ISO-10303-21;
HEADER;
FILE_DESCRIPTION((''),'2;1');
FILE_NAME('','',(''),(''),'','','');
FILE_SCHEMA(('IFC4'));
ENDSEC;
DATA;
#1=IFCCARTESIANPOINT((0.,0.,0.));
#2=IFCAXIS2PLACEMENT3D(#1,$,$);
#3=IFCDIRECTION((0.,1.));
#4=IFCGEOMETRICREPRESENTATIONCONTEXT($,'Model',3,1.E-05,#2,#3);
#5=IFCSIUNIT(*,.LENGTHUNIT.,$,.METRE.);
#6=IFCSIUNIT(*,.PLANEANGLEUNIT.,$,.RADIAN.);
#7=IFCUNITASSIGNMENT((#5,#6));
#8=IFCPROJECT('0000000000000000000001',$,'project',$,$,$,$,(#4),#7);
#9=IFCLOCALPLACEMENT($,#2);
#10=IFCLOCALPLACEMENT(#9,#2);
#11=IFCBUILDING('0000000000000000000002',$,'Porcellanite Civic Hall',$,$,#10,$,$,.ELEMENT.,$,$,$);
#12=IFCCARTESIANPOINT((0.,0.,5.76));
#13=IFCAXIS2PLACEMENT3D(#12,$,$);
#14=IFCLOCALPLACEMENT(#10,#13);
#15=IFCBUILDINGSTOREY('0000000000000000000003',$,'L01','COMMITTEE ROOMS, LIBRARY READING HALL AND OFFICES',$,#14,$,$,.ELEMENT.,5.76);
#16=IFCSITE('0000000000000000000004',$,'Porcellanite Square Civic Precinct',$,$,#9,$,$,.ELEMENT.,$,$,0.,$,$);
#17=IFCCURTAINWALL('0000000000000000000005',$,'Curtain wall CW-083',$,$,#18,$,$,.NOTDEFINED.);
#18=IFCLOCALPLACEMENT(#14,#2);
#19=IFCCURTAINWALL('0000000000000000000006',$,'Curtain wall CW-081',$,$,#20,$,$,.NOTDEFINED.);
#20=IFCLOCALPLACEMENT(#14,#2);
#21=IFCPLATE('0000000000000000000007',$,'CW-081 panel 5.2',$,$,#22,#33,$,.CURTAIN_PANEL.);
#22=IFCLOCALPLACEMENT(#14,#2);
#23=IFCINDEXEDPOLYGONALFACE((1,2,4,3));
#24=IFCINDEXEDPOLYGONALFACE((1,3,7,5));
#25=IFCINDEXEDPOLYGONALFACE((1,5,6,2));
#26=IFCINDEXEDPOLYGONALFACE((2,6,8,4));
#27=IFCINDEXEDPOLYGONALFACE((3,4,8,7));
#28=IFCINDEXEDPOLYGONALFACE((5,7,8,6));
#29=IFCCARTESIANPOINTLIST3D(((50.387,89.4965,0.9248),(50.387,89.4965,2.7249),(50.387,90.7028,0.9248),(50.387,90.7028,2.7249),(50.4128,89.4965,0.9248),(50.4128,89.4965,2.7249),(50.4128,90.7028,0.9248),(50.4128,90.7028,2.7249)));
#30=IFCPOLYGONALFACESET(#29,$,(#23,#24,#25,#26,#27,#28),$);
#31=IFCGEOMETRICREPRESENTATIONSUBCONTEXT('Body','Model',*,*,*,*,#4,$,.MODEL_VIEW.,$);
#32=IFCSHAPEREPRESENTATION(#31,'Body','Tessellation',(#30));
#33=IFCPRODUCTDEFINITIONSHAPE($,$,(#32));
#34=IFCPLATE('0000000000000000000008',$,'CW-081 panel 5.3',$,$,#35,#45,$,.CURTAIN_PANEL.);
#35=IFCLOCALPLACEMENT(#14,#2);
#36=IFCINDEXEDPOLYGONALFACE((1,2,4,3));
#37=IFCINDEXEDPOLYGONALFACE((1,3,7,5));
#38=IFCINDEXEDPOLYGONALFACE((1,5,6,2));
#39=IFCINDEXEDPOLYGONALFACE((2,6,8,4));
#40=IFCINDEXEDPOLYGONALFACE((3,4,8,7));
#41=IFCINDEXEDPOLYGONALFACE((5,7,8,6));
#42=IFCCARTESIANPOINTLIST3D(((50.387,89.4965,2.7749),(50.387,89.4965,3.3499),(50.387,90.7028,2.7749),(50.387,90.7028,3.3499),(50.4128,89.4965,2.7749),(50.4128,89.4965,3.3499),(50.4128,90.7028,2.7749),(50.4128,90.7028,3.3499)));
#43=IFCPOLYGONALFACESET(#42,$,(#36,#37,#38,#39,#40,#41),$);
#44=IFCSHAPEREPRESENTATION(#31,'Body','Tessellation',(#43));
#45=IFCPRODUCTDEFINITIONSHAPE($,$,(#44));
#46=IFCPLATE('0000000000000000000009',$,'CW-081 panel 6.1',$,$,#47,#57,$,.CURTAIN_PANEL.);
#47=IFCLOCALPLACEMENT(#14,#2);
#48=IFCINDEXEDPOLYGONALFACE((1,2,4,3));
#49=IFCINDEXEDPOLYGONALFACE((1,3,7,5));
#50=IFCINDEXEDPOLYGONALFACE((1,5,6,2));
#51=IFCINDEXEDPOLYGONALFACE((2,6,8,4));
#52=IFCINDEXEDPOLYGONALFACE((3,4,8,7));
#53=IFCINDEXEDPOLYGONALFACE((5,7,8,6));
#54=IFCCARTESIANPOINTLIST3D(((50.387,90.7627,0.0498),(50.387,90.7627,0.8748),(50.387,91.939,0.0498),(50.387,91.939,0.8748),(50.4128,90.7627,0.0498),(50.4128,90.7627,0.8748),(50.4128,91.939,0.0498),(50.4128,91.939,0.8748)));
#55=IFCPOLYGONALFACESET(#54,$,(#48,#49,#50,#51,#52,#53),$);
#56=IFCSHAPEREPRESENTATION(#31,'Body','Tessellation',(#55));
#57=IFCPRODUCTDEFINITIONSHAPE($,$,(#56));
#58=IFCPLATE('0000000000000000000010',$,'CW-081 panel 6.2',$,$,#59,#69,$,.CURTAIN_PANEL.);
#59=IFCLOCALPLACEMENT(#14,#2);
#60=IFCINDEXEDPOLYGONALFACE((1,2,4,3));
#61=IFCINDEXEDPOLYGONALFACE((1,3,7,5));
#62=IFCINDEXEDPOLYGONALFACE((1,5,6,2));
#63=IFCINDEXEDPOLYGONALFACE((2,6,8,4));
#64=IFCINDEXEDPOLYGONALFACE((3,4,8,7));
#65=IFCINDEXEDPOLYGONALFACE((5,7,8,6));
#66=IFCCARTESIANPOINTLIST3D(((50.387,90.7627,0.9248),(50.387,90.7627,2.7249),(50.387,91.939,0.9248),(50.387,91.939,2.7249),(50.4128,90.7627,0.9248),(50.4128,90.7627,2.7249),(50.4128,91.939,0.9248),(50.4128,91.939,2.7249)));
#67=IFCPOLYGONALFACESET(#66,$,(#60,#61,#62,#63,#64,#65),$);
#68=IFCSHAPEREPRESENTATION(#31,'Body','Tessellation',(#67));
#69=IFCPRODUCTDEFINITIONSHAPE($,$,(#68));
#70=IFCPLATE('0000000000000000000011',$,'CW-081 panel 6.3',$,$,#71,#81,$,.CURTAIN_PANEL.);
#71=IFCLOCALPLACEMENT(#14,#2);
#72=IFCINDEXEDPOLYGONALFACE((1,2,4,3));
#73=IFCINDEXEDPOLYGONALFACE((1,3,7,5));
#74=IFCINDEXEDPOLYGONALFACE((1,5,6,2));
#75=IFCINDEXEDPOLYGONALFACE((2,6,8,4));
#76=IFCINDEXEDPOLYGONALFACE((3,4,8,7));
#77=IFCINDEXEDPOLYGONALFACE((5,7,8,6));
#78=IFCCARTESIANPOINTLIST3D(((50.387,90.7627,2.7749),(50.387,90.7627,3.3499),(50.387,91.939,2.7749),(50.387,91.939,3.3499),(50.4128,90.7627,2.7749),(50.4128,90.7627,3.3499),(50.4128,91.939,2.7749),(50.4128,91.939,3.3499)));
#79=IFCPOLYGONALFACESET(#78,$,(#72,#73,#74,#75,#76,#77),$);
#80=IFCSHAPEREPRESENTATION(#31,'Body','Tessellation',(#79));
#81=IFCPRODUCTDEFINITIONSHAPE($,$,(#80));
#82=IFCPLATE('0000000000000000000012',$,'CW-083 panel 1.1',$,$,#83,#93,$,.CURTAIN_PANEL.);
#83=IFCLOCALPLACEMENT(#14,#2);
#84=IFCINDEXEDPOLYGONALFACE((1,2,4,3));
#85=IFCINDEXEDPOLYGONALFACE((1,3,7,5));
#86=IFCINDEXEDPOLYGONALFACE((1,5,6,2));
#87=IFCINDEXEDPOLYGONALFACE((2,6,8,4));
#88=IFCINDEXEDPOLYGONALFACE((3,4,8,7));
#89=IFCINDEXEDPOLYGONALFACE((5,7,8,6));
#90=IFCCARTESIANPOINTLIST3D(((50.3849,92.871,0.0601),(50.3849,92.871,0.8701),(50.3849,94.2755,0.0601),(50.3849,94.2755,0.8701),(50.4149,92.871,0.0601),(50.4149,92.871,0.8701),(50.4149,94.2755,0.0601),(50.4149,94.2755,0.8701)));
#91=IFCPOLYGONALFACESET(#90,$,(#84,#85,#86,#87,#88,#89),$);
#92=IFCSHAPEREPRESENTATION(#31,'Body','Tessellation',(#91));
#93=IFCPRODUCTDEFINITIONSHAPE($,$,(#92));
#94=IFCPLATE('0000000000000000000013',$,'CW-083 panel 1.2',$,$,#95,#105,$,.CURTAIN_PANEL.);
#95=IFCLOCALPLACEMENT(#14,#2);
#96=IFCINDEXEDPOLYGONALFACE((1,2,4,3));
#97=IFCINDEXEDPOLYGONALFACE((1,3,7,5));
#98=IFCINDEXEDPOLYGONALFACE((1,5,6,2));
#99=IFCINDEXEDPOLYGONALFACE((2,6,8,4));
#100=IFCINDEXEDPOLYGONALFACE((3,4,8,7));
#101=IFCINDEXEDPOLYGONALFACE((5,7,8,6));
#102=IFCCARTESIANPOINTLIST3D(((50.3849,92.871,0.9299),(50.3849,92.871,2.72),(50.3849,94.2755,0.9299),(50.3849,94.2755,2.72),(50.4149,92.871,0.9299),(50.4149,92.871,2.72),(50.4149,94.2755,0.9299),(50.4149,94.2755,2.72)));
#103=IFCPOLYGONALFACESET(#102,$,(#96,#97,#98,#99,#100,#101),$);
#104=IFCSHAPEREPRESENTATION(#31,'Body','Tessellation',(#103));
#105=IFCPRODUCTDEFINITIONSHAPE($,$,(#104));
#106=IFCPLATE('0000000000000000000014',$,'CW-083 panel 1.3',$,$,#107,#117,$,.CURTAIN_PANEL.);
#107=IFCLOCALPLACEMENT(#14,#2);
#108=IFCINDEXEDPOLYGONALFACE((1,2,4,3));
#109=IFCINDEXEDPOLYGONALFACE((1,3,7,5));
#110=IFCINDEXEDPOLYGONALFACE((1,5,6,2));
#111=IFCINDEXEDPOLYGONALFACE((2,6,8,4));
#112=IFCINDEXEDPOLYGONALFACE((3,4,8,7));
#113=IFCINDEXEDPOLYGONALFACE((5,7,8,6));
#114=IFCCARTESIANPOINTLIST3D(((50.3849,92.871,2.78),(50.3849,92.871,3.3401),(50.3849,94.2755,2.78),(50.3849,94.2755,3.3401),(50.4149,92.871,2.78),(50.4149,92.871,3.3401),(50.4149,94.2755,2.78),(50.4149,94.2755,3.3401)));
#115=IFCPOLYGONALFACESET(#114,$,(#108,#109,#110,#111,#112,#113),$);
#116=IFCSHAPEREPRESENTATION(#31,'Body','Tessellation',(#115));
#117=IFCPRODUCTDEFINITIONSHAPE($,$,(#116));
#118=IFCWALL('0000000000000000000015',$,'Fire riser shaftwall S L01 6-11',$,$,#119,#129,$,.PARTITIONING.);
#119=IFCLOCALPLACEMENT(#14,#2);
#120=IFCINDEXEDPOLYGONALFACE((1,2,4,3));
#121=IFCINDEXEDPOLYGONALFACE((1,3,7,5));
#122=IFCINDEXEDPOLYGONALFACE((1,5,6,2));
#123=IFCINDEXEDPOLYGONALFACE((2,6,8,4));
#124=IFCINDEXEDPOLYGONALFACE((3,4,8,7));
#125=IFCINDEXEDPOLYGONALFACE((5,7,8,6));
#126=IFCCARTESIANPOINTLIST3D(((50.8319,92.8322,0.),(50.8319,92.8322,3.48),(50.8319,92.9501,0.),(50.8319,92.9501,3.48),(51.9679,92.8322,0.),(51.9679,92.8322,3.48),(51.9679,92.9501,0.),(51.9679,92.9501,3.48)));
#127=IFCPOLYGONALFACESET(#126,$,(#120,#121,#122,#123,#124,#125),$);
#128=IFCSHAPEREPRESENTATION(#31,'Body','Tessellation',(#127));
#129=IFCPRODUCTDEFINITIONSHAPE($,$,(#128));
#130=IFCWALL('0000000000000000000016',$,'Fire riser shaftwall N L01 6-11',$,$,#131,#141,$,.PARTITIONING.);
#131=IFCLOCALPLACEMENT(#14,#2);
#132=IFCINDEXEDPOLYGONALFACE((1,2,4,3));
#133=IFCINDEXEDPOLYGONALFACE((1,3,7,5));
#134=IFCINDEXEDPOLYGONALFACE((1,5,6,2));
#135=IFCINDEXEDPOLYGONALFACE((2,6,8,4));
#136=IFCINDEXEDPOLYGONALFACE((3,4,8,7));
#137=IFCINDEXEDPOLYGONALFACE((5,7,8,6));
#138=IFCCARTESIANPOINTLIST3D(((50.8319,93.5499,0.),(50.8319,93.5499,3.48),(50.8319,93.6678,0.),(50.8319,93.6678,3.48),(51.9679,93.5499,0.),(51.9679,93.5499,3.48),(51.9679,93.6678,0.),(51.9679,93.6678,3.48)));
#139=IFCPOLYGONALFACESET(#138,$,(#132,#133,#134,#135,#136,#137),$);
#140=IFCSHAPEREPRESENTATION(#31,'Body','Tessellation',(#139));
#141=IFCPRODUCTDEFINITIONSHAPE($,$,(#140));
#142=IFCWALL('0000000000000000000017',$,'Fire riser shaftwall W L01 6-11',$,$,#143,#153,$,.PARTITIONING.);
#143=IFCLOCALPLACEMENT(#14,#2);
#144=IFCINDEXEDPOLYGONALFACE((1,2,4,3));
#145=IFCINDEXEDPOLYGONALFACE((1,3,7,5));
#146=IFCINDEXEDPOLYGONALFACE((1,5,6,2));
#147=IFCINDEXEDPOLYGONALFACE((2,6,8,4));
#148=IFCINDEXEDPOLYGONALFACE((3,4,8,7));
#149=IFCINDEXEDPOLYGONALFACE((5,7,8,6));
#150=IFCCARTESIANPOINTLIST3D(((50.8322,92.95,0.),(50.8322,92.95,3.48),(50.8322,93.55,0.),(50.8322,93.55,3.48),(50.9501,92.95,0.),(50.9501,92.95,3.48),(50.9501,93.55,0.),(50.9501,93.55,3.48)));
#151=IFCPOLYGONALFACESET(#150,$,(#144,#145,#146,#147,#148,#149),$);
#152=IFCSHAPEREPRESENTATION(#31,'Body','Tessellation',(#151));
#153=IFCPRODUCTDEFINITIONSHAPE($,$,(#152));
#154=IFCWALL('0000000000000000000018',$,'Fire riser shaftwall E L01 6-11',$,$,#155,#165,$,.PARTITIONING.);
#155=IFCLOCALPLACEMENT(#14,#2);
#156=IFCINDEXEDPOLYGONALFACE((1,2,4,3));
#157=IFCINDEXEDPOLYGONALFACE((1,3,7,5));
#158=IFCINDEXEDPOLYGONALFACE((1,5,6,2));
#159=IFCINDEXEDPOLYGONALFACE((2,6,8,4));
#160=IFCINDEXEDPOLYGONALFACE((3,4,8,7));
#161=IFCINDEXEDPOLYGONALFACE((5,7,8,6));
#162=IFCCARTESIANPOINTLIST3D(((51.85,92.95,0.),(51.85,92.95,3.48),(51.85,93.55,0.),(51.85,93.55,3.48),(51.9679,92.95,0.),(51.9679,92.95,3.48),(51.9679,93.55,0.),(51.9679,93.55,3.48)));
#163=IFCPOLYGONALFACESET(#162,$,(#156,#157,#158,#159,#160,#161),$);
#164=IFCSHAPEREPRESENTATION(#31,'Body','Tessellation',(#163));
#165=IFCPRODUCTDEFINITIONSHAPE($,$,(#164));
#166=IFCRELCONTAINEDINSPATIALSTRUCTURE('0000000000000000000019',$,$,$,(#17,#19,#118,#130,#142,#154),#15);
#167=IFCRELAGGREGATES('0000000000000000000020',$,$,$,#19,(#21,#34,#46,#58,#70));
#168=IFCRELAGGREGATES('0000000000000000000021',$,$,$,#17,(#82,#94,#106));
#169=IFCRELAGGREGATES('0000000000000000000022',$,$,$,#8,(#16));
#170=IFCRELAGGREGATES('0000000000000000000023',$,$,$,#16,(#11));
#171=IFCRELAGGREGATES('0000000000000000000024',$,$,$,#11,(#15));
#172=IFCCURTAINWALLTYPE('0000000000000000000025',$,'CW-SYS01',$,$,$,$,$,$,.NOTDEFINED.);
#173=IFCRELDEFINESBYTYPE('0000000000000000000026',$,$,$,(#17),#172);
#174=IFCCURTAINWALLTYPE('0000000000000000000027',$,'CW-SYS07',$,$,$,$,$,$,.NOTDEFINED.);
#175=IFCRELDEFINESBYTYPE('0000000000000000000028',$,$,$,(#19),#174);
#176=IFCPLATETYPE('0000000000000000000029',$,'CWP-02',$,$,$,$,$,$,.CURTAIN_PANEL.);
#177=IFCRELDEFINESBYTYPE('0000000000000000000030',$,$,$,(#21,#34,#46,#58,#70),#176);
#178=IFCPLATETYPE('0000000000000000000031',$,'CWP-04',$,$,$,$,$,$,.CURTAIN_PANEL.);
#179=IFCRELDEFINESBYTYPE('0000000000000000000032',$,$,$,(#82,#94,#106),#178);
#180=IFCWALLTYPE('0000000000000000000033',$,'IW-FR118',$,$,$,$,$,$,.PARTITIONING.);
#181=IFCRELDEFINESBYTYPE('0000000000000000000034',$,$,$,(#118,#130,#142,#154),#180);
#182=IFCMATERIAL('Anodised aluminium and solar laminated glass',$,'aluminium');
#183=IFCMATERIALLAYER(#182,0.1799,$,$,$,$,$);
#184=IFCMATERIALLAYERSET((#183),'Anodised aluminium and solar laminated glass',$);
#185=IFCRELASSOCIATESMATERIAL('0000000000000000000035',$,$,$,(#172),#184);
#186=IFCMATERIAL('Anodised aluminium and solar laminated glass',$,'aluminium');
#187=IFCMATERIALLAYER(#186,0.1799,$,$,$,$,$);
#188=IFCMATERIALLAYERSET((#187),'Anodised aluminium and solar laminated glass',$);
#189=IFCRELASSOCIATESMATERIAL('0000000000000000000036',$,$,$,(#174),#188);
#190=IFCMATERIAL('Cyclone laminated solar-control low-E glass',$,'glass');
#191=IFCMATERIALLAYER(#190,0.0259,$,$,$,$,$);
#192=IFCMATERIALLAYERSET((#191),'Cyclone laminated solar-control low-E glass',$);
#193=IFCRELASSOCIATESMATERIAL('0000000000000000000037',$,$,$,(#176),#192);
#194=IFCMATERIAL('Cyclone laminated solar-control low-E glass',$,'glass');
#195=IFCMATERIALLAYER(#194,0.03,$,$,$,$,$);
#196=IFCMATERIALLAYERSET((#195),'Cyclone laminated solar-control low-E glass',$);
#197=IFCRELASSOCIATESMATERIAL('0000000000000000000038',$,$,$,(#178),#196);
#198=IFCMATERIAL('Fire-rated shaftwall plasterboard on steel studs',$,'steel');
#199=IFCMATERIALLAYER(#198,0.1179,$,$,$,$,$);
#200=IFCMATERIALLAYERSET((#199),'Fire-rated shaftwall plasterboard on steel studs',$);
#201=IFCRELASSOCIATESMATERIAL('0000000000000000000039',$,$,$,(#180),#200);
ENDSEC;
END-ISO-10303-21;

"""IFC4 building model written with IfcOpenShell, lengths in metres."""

from ifc_helpers import new_model, si_unit, direction, frame, frame_2d, origin, origin_2d, place, context, subcontext, project, spatial, rectangle, extrude, material, layer, layer_set, type_object, element, aggregate, save


model = new_model("IFC4")

# Units and contexts
model_context = context("Model", 3, precision=1e-05, world=origin(), true_north=direction((0.0, 1.0)))
body_context = subcontext(model_context, "Body", "Model", "MODEL_VIEW")
ifc_project = project(units=[si_unit("LENGTHUNIT", "METRE"), si_unit("PLANEANGLEUNIT", "RADIAN")], contexts=[model_context])

# Site, building, storey
site_placement = place(None, origin())
site = spatial("IfcSite", under=ifc_project, at=site_placement, Name="Porcellanite Square Civic Precinct", CompositionType="ELEMENT", RefElevation=0.0)
building_placement = place(site_placement, origin())
building = spatial("IfcBuilding", under=site, at=building_placement, Name="Porcellanite Civic Hall", CompositionType="ELEMENT")
storey_placement = place(building_placement, frame((0.0, 0.0, 5.76)))
storey = spatial("IfcBuildingStorey", under=building, at=storey_placement, Name="L01", Description="COMMITTEE ROOMS, LIBRARY READING HALL AND OFFICES", CompositionType="ELEMENT", Elevation=5.76)

# Curtain walls
ifc_material_1 = material(Name="Anodised aluminium and solar laminated glass", Category="aluminium")
ifc_layer_1 = layer(ifc_material_1, 0.1799)
ifc_layer_set_1 = layer_set([ifc_layer_1], Name="Anodised aluminium and solar laminated glass")
curtain_wall_type_1 = type_object("IfcCurtainWallType", Name="CW-SYS01", PredefinedType="NOTDEFINED", material=ifc_layer_set_1)
curtain_wall_1_placement = place(storey_placement, origin())
curtain_wall_1 = element("IfcCurtainWall", 1, at=curtain_wall_1_placement, inside=storey, type_object=curtain_wall_type_1, Name="Curtain wall CW-083", PredefinedType="NOTDEFINED")
ifc_material_2 = material(Name="Anodised aluminium and solar laminated glass", Category="aluminium")
ifc_layer_2 = layer(ifc_material_2, 0.1799)
ifc_layer_set_2 = layer_set([ifc_layer_2], Name="Anodised aluminium and solar laminated glass")
curtain_wall_type_2 = type_object("IfcCurtainWallType", Name="CW-SYS07", PredefinedType="NOTDEFINED", material=ifc_layer_set_2)
curtain_wall_2_placement = place(storey_placement, origin())
curtain_wall_2 = element("IfcCurtainWall", 2, at=curtain_wall_2_placement, inside=storey, type_object=curtain_wall_type_2, Name="Curtain wall CW-081", PredefinedType="NOTDEFINED")

# Plates
ifc_material_3 = material(Name="Cyclone laminated solar-control low-E glass", Category="glass")
ifc_layer_3 = layer(ifc_material_3, 0.0259)
ifc_layer_set_3 = layer_set([ifc_layer_3], Name="Cyclone laminated solar-control low-E glass")
plate_type_1 = type_object("IfcPlateType", Name="CWP-02", PredefinedType="CURTAIN_PANEL", material=ifc_layer_set_3)
plate_1_placement = place(storey_placement, frame((50.3999, 90.0996, 0.9248), z_axis=(0.0, 0.0, 1.0), x_axis=(0.0, 1.0, 0.0)))
plate_1 = element("IfcPlate", 3, at=plate_1_placement, type_object=plate_type_1, Name="CW-081 panel 5.2", PredefinedType="CURTAIN_PANEL", context=body_context, shape_type="SweptSolid", body=[
    extrude(rectangle(XDim=1.2063, YDim=0.0259, at=origin_2d()), origin(), (0.0, 0.0, 1.0), 1.8),
])
plate_2_placement = place(storey_placement, frame((50.3999, 90.0996, 2.7749), z_axis=(0.0, 0.0, 1.0), x_axis=(0.0, 1.0, 0.0)))
plate_2 = element("IfcPlate", 4, at=plate_2_placement, type_object=plate_type_1, Name="CW-081 panel 5.3", PredefinedType="CURTAIN_PANEL", context=body_context, shape_type="SweptSolid", body=[
    extrude(rectangle(XDim=1.2063, YDim=0.0259, at=origin_2d()), origin(), (0.0, 0.0, 1.0), 0.575),
])
plate_3_placement = place(storey_placement, frame((50.3999, 91.3508, 0.0498), z_axis=(0.0, 0.0, 1.0), x_axis=(0.0, 1.0, 0.0)))
plate_3 = element("IfcPlate", 5, at=plate_3_placement, type_object=plate_type_1, Name="CW-081 panel 6.1", PredefinedType="CURTAIN_PANEL", context=body_context, shape_type="SweptSolid", body=[
    extrude(rectangle(XDim=1.1763, YDim=0.0259, at=origin_2d()), origin(), (0.0, 0.0, 1.0), 0.825),
])
plate_4_placement = place(storey_placement, frame((50.3999, 91.3508, 0.9248), z_axis=(0.0, 0.0, 1.0), x_axis=(0.0, 1.0, 0.0)))
plate_4 = element("IfcPlate", 6, at=plate_4_placement, type_object=plate_type_1, Name="CW-081 panel 6.2", PredefinedType="CURTAIN_PANEL", context=body_context, shape_type="SweptSolid", body=[
    extrude(rectangle(XDim=1.1763, YDim=0.0259, at=origin_2d()), origin(), (0.0, 0.0, 1.0), 1.8),
])
plate_5_placement = place(storey_placement, frame((50.3999, 91.3508, 2.7749), z_axis=(0.0, 0.0, 1.0), x_axis=(0.0, 1.0, 0.0)))
plate_5 = element("IfcPlate", 7, at=plate_5_placement, type_object=plate_type_1, Name="CW-081 panel 6.3", PredefinedType="CURTAIN_PANEL", context=body_context, shape_type="SweptSolid", body=[
    extrude(rectangle(XDim=1.1763, YDim=0.0259, at=origin_2d()), origin(), (0.0, 0.0, 1.0), 0.575),
])
aggregate(curtain_wall_2, [plate_1, plate_2, plate_3, plate_4, plate_5])
ifc_material_4 = material(Name="Cyclone laminated solar-control low-E glass", Category="glass")
ifc_layer_4 = layer(ifc_material_4, 0.03)
ifc_layer_set_4 = layer_set([ifc_layer_4], Name="Cyclone laminated solar-control low-E glass")
plate_type_2 = type_object("IfcPlateType", Name="CWP-04", PredefinedType="CURTAIN_PANEL", material=ifc_layer_set_4)
plate_6_placement = place(storey_placement, frame((50.3999, 93.5732, 0.0601), z_axis=(0.0, 0.0, 1.0), x_axis=(0.0, 1.0, 0.0)))
plate_6 = element("IfcPlate", 8, at=plate_6_placement, type_object=plate_type_2, Name="CW-083 panel 1.1", PredefinedType="CURTAIN_PANEL", context=body_context, shape_type="SweptSolid", body=[
    extrude(rectangle(XDim=1.4045, YDim=0.03, at=origin_2d()), origin(), (0.0, 0.0, 1.0), 0.8101),
])
plate_7_placement = place(storey_placement, frame((50.3999, 93.5732, 0.9299), z_axis=(0.0, 0.0, 1.0), x_axis=(0.0, 1.0, 0.0)))
plate_7 = element("IfcPlate", 9, at=plate_7_placement, type_object=plate_type_2, Name="CW-083 panel 1.2", PredefinedType="CURTAIN_PANEL", context=body_context, shape_type="SweptSolid", body=[
    extrude(rectangle(XDim=1.4045, YDim=0.03, at=origin_2d()), origin(), (0.0, 0.0, 1.0), 1.79),
])
plate_8_placement = place(storey_placement, frame((50.3999, 93.5732, 2.78), z_axis=(0.0, 0.0, 1.0), x_axis=(0.0, 1.0, 0.0)))
plate_8 = element("IfcPlate", 10, at=plate_8_placement, type_object=plate_type_2, Name="CW-083 panel 1.3", PredefinedType="CURTAIN_PANEL", context=body_context, shape_type="SweptSolid", body=[
    extrude(rectangle(XDim=1.4045, YDim=0.03, at=origin_2d()), origin(), (0.0, 0.0, 1.0), 0.5601),
])
aggregate(curtain_wall_1, [plate_6, plate_7, plate_8])

# Walls
ifc_material_5 = material(Name="Fire-rated shaftwall plasterboard on steel studs", Category="steel")
ifc_layer_5 = layer(ifc_material_5, 0.1179)
ifc_layer_set_5 = layer_set([ifc_layer_5], Name="Fire-rated shaftwall plasterboard on steel studs")
wall_type = type_object("IfcWallType", Name="IW-FR118", PredefinedType="PARTITIONING", material=ifc_layer_set_5)
for number, where, z_axis, x_axis, name in (
    (11, (50.832, 92.8911, 0.0), (0.0, 0.0, 1.0), (1.0, 0.0, 0.0), "Fire riser shaftwall S L01 6-11"),
    (12, (50.832, 93.6089, 0.0), (0.0, 0.0, 1.0), (1.0, 0.0, 0.0), "Fire riser shaftwall N L01 6-11"),
):
    element("IfcWall", number, at=place(storey_placement, frame(where, z_axis=z_axis, x_axis=x_axis)), inside=storey, type_object=wall_type, Name=name, PredefinedType="PARTITIONING", context=body_context, shape_type="SweptSolid", body=[
        extrude(rectangle(XDim=1.136, YDim=0.1179, at=frame_2d((0.5679, 0.0))), origin(), (0.0, 0.0, 1.0), 3.48),
    ])
for number, where, z_axis, x_axis, name in (
    (13, (50.8911, 92.95, 0.0), (0.0, 0.0, 1.0), (0.0, 1.0, 0.0), "Fire riser shaftwall W L01 6-11"),
    (14, (51.9089, 92.95, 0.0), (0.0, 0.0, 1.0), (0.0, 1.0, 0.0), "Fire riser shaftwall E L01 6-11"),
):
    element("IfcWall", number, at=place(storey_placement, frame(where, z_axis=z_axis, x_axis=x_axis)), inside=storey, type_object=wall_type, Name=name, PredefinedType="PARTITIONING", context=body_context, shape_type="SweptSolid", body=[
        extrude(rectangle(XDim=0.6001, YDim=0.1179, at=frame_2d((0.3, 0.0))), origin(), (0.0, 0.0, 1.0), 3.48),
    ])

save(model, "model.ifc")
